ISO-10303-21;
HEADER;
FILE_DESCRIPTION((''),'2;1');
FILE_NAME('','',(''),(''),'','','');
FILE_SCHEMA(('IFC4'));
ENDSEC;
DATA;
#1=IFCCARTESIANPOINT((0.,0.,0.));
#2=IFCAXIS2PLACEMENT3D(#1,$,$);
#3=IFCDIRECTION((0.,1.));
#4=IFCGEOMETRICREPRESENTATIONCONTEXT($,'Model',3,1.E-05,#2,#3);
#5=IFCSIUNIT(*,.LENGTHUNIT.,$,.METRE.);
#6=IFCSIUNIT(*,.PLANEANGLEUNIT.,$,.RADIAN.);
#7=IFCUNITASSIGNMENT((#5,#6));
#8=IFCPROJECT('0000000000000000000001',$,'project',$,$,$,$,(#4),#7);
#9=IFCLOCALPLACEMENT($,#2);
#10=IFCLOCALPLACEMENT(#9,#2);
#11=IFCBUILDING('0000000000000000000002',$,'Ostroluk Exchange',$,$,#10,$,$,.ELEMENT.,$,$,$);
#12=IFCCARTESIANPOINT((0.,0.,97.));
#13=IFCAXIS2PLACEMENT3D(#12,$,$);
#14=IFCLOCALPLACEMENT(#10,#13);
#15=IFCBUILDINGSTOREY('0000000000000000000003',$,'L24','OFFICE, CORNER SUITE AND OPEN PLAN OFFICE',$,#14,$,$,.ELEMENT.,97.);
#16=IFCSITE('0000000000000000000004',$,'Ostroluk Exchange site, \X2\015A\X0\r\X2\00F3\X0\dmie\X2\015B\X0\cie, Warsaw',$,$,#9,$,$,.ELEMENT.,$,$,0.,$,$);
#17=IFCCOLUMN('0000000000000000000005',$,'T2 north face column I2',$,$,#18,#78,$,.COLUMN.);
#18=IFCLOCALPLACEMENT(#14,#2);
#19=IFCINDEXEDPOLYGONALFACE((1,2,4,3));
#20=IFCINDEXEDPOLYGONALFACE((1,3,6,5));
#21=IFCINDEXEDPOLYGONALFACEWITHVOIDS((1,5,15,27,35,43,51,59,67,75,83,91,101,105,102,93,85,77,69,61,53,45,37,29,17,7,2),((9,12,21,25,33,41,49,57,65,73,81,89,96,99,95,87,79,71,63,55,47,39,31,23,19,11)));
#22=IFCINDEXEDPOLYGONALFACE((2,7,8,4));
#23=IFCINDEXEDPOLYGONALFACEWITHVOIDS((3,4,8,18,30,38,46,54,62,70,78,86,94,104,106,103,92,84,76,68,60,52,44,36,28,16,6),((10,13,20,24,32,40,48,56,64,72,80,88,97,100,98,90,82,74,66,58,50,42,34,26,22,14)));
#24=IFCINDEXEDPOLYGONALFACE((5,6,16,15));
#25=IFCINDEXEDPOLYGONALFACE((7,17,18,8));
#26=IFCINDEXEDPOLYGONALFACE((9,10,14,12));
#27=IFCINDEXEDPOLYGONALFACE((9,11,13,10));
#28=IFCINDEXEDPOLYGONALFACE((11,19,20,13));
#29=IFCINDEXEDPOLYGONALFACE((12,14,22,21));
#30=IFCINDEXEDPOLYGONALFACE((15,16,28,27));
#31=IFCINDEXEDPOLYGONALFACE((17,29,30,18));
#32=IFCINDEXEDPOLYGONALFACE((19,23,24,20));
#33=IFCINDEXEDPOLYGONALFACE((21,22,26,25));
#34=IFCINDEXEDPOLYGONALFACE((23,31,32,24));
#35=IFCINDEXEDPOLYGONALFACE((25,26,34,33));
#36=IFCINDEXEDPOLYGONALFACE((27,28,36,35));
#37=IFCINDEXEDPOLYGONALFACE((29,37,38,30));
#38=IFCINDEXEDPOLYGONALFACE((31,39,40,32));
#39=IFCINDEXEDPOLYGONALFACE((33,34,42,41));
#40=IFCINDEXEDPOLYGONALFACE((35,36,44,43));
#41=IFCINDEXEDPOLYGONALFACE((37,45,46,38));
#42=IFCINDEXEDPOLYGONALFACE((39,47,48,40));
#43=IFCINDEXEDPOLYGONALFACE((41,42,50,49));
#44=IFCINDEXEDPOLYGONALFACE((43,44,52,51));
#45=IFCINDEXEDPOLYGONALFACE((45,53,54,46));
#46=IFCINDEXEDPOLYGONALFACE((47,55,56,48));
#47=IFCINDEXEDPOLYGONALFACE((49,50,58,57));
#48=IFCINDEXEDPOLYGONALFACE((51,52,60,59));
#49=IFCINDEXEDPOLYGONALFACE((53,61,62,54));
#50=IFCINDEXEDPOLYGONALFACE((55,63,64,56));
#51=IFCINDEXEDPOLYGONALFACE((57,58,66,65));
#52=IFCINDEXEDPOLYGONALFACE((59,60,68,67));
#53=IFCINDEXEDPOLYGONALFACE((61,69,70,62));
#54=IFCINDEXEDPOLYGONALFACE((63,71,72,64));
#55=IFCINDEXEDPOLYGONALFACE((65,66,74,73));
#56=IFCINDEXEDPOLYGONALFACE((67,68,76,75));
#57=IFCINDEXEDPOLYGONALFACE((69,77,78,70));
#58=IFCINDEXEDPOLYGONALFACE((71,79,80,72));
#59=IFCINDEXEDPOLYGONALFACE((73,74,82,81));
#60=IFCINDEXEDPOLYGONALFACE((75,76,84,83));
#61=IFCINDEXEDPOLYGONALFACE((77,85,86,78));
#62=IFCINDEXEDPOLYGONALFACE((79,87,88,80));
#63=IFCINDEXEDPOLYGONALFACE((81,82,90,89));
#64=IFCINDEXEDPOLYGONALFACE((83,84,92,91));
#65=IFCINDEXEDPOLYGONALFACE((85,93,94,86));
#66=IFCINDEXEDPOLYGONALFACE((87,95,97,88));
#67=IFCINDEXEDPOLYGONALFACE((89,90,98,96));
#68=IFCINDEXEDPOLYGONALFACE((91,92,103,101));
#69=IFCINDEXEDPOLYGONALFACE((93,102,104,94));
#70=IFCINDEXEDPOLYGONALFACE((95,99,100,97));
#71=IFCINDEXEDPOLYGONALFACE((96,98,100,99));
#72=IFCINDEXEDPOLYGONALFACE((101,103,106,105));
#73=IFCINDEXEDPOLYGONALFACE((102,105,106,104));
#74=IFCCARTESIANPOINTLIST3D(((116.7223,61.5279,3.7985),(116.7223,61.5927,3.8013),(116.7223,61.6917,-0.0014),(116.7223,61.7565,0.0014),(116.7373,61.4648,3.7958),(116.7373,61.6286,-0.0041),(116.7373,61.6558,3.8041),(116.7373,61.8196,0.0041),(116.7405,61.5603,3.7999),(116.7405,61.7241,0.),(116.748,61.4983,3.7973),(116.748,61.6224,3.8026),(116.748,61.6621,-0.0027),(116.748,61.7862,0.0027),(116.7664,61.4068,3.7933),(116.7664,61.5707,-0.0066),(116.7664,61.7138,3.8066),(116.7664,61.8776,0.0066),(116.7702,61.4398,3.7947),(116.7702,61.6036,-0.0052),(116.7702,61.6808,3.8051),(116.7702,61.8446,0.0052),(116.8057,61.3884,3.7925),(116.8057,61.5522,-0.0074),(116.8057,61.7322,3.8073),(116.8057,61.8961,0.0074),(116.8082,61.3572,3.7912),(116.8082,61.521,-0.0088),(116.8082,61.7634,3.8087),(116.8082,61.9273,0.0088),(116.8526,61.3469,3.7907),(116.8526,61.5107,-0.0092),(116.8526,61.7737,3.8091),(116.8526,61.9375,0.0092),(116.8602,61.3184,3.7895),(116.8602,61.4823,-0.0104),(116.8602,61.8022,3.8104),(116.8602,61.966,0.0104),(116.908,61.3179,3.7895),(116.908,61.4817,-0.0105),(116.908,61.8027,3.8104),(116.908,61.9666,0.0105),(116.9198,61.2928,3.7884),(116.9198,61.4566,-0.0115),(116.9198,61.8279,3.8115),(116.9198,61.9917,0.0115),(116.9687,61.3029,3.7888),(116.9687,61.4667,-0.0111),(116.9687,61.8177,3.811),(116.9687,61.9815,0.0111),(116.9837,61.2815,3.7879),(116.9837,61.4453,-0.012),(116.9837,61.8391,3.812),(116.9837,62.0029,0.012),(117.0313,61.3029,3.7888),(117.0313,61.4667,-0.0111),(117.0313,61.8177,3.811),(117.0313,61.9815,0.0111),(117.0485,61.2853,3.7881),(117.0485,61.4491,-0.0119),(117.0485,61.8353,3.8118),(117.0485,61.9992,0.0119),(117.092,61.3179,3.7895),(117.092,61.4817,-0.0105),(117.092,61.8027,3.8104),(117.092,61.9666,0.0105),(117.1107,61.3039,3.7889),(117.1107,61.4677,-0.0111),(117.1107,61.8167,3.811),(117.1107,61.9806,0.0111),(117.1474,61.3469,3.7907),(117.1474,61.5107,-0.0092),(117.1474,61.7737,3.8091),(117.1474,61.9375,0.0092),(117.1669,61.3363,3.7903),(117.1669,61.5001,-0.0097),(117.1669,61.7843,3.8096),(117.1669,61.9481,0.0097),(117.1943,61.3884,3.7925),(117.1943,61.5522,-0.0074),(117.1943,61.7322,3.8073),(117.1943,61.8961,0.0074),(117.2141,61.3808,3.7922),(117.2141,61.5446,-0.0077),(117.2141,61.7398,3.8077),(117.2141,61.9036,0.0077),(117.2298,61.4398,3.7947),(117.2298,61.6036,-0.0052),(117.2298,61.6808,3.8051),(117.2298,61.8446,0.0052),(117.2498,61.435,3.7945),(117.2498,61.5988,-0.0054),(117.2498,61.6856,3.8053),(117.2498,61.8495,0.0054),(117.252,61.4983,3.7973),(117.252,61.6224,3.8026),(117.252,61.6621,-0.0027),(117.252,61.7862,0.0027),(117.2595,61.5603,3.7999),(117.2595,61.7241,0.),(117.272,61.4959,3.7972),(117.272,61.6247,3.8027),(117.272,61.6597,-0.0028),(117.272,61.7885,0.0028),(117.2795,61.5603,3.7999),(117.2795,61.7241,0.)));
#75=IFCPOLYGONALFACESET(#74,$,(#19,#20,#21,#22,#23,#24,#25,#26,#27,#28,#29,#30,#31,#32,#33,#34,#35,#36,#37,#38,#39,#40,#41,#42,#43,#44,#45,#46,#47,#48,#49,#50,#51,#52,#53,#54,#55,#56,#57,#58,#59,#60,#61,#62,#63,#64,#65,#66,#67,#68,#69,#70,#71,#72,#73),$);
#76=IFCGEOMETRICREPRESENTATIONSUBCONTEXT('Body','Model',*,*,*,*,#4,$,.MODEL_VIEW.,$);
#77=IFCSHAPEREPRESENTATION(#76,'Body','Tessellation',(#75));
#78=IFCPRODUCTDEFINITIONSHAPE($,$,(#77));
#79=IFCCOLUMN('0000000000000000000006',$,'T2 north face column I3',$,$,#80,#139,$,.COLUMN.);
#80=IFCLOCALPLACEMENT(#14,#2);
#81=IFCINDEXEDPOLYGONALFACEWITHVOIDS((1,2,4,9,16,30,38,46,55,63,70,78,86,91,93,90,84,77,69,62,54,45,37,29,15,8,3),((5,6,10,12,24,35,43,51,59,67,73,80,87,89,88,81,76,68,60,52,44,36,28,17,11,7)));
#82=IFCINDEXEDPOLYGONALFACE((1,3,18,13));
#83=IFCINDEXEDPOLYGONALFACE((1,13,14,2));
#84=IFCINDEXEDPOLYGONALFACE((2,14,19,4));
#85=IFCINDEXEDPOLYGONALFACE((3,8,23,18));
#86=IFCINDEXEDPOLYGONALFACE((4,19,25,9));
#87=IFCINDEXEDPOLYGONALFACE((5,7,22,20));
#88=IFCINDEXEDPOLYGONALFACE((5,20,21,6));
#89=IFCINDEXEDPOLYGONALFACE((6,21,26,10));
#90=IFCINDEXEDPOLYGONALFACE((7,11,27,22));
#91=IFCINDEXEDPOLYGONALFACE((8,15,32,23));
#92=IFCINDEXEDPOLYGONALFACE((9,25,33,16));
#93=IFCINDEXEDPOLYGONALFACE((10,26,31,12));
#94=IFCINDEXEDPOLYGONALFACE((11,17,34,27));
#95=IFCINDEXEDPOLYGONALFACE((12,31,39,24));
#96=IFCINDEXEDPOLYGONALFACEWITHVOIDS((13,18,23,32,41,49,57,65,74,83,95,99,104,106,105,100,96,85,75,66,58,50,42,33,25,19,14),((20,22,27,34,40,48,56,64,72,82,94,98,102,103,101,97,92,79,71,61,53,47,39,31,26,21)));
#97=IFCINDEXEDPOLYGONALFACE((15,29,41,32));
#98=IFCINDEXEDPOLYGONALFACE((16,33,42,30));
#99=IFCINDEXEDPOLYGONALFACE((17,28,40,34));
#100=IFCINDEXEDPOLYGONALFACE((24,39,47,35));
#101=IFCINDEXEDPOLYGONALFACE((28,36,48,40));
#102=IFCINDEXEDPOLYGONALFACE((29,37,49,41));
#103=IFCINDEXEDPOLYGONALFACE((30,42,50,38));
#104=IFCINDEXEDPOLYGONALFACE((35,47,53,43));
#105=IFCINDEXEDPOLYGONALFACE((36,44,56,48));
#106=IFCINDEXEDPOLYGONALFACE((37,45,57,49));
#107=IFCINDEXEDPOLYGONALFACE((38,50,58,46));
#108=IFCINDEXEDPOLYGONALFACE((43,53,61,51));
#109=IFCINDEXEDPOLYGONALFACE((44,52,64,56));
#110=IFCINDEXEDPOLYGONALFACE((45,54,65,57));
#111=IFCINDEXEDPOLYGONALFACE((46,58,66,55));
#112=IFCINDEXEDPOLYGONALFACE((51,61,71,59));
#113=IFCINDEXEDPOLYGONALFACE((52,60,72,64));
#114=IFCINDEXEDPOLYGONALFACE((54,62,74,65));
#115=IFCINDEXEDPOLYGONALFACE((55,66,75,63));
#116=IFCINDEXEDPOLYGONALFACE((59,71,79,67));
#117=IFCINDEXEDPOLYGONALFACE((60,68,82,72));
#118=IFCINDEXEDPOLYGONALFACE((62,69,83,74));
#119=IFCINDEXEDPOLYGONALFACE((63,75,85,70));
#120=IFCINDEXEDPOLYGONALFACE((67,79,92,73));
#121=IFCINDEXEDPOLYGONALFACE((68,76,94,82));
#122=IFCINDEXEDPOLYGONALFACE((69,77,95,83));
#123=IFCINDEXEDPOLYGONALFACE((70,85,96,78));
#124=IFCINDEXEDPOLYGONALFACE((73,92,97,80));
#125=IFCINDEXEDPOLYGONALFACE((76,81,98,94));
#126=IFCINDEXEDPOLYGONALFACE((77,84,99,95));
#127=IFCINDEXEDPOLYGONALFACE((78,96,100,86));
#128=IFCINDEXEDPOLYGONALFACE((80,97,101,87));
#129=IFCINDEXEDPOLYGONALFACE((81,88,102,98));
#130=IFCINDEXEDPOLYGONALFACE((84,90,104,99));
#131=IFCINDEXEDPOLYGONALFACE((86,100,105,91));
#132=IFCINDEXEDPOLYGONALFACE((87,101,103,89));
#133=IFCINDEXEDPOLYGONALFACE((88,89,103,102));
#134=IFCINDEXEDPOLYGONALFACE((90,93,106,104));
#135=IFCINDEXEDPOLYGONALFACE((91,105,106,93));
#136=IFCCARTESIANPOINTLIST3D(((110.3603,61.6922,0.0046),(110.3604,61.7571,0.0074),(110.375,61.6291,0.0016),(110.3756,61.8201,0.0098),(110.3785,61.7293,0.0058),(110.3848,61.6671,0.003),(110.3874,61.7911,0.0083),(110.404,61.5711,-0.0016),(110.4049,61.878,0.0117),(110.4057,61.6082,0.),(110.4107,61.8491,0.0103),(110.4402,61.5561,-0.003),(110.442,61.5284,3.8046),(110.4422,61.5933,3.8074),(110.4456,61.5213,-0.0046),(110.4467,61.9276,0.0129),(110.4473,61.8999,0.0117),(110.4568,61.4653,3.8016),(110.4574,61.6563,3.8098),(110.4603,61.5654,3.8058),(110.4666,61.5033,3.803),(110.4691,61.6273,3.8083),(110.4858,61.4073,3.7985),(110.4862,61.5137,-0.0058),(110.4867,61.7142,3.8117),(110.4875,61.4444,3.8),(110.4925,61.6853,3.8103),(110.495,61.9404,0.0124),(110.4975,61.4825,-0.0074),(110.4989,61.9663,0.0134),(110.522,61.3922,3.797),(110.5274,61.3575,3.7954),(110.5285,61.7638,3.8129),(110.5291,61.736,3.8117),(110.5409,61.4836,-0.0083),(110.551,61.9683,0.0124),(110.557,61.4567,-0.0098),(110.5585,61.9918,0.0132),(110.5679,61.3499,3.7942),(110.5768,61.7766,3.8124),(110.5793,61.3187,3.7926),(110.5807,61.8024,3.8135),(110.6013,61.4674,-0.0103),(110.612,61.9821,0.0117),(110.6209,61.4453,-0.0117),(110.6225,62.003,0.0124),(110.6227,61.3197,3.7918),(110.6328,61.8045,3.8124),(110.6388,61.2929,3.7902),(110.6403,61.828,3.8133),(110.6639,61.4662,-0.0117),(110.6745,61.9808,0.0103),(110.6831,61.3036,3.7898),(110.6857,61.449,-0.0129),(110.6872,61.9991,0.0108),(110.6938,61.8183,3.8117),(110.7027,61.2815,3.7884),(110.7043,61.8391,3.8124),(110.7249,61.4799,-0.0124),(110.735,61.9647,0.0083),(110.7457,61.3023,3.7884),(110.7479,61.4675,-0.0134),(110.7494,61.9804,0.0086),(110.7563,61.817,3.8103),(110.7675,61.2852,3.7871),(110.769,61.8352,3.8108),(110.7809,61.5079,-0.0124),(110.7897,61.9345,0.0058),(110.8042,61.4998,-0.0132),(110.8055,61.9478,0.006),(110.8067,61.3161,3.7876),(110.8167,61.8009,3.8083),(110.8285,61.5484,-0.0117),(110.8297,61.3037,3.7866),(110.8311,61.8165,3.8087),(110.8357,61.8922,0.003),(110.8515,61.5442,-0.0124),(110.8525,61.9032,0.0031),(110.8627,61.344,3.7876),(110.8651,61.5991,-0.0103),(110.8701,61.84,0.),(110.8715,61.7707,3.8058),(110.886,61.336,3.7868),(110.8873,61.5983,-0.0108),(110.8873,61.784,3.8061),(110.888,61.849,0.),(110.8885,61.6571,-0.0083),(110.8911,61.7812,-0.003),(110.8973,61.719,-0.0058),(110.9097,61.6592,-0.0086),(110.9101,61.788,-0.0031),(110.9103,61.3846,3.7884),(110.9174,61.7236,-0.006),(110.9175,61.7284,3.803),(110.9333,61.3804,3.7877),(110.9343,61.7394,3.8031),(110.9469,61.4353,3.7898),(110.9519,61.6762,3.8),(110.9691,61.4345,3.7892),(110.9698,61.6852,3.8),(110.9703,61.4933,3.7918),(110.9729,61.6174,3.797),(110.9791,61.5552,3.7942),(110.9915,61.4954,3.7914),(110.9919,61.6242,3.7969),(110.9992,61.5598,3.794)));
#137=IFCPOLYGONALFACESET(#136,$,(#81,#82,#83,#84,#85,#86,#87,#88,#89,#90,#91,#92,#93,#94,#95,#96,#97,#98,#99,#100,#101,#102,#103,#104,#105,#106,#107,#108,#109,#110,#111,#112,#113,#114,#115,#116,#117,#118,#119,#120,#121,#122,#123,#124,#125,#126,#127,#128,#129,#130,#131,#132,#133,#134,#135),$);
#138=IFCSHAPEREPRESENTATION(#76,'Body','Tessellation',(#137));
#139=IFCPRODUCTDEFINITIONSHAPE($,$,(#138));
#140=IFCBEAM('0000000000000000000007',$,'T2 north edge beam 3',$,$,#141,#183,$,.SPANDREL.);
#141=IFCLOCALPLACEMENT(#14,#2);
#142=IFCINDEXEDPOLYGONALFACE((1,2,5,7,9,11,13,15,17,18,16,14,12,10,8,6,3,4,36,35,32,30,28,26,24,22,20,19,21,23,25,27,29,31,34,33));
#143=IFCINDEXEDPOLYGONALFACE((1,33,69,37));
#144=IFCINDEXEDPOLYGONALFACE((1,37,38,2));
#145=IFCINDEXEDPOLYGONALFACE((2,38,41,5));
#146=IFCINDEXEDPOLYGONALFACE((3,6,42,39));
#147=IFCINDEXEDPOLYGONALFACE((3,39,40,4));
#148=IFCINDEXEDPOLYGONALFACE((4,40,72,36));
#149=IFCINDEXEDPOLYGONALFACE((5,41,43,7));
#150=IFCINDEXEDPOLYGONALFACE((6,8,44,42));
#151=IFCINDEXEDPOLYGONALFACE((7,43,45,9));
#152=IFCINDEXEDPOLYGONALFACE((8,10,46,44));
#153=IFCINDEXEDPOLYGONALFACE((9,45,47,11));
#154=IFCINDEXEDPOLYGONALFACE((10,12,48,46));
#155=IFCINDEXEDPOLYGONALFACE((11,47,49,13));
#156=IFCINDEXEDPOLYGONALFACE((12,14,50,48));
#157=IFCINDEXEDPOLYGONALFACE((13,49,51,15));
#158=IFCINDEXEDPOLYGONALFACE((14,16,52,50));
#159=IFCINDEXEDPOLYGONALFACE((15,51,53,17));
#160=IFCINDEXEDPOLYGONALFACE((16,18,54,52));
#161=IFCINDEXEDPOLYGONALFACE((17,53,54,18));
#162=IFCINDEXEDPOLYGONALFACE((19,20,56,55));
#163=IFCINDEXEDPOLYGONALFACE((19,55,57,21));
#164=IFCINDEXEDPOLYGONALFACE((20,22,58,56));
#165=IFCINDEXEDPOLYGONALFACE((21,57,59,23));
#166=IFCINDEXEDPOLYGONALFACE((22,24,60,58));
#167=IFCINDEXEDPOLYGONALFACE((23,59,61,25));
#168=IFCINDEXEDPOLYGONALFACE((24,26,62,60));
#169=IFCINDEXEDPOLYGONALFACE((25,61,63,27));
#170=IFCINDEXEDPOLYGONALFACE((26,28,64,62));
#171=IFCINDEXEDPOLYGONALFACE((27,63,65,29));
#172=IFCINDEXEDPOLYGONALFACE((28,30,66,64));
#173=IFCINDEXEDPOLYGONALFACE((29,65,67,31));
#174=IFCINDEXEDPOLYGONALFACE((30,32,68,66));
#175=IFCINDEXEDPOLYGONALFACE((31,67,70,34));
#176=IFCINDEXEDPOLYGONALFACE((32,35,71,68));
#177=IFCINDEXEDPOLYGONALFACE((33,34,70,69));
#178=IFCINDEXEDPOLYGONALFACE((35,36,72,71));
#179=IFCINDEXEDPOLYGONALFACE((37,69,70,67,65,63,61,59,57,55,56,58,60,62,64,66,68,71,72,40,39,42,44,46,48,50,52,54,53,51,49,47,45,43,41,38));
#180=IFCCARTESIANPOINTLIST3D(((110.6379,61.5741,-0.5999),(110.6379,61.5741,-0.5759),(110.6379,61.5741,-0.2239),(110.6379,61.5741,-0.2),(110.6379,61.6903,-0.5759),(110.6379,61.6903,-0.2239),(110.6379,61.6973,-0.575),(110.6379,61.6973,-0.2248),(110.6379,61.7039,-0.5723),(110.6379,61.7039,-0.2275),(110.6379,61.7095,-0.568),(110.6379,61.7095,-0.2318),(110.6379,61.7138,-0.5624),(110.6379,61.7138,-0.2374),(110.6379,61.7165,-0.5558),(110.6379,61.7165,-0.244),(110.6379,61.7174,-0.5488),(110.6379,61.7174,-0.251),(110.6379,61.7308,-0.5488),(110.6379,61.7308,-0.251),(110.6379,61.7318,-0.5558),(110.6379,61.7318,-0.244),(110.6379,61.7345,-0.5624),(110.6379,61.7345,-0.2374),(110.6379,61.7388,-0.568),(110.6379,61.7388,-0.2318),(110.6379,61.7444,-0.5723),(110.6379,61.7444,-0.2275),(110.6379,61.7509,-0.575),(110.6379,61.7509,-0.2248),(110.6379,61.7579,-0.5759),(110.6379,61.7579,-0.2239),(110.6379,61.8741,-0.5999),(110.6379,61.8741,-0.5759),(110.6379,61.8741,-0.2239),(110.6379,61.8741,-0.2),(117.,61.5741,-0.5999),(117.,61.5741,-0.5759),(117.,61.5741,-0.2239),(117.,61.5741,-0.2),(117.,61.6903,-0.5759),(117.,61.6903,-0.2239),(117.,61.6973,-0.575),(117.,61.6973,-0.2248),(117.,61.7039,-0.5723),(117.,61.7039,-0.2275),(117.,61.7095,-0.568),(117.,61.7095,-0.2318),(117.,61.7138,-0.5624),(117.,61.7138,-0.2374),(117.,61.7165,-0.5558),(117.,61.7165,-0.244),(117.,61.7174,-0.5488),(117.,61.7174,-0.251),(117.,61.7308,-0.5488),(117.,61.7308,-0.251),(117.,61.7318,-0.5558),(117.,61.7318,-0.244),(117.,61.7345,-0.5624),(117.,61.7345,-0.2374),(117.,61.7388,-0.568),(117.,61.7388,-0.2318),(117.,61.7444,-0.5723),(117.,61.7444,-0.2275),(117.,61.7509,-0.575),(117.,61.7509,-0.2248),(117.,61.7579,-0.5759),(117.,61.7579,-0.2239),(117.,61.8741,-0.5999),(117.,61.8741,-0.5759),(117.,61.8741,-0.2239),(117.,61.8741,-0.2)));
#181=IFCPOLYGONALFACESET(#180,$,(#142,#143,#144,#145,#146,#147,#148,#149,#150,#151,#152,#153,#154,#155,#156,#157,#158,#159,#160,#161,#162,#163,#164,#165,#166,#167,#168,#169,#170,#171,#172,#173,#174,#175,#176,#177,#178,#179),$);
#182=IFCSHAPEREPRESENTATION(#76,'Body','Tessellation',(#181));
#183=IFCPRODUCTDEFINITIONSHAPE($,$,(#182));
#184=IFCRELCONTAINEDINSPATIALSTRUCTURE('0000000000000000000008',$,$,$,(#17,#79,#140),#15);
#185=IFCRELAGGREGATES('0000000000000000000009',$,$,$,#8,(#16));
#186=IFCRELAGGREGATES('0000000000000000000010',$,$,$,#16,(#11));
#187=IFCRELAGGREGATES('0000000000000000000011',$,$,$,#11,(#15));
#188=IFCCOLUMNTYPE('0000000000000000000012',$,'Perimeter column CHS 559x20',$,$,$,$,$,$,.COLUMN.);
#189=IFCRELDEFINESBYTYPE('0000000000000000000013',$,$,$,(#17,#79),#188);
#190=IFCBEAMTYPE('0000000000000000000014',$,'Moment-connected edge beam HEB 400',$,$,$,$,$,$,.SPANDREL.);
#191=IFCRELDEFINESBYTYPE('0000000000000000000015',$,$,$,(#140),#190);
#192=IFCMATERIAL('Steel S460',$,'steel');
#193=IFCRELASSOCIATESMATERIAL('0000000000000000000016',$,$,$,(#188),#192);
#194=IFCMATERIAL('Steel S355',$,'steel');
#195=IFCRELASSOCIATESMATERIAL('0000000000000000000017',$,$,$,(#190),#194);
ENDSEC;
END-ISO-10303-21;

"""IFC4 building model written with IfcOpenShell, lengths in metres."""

from ifc_helpers import new_model, si_unit, direction, frame, origin, origin_2d, place, context, subcontext, project, spatial, hollow_circle, i_section, extrude, material, material_profile, profile_set, type_object, element, save


model = new_model("IFC4")

# Units and contexts
model_context = context("Model", 3, precision=1e-05, world=origin(), true_north=direction((0.0, 1.0)))
body_context = subcontext(model_context, "Body", "Model", "MODEL_VIEW")
ifc_project = project(units=[si_unit("LENGTHUNIT", "METRE"), si_unit("PLANEANGLEUNIT", "RADIAN")], contexts=[model_context])

# Site, building, storey
site_placement = place(None, origin())
site = spatial("IfcSite", under=ifc_project, at=site_placement, Name="Ostroluk Exchange site, Śródmieście, Warsaw", CompositionType="ELEMENT", RefElevation=0.0)
building_placement = place(site_placement, origin())
building = spatial("IfcBuilding", under=site, at=building_placement, Name="Ostroluk Exchange", CompositionType="ELEMENT")
storey_placement = place(building_placement, frame((0.0, 0.0, 97.0)))
storey = spatial("IfcBuildingStorey", under=building, at=storey_placement, Name="L24", Description="OFFICE, CORNER SUITE AND OPEN PLAN OFFICE", CompositionType="ELEMENT", Elevation=97.0)

# Columns
ifc_material_1 = material(Name="Steel S460", Category="steel")
ifc_material_profile_1 = material_profile(ifc_material_1, hollow_circle(Radius=0.2795, WallThickness=0.02, at=origin_2d()), Name="CHS 559x20")
ifc_profile_set_1 = profile_set([ifc_material_profile_1], Name="Steel S460")
column_type = type_object("IfcColumnType", Name="Perimeter column CHS 559x20", PredefinedType="COLUMN", material=ifc_profile_set_1)
column_1_placement = place(storey_placement, frame((117.0, 61.7241, 0.0), z_axis=(0.0, -0.04307, 0.999072), x_axis=(1.0, 0.0, 0.0)))
element("IfcColumn", 1, at=column_1_placement, inside=storey, type_object=column_type, Name="T2 north face column I2", PredefinedType="COLUMN", context=body_context, shape_type="SweptSolid", body=[
    extrude(hollow_circle(Radius=0.2795, WallThickness=0.02, at=origin_2d()), origin(), (0.0, 0.0, 1.0), 3.8035),
])
column_2_placement = place(storey_placement, frame((110.6379, 61.7241, 0.0), z_axis=(0.021498, -0.04306, 0.998841), x_axis=(0.894694, 0.44668, 0.0)))
element("IfcColumn", 2, at=column_2_placement, inside=storey, type_object=column_type, Name="T2 north face column I3", PredefinedType="COLUMN", context=body_context, shape_type="SweptSolid", body=[
    extrude(hollow_circle(Radius=0.2795, WallThickness=0.02, at=origin_2d()), origin(), (0.0, 0.0, 1.0), 3.8044),
])

# Beam
ifc_material_2 = material(Name="Steel S355", Category="steel")
ifc_material_profile_2 = material_profile(ifc_material_2, i_section(OverallWidth=0.3, OverallDepth=0.3999, WebThickness=0.0134, FlangeThickness=0.0239, FilletRadius=0.0271, at=origin_2d()), Name="HEB 400")
ifc_profile_set_2 = profile_set([ifc_material_profile_2], Name="Steel S355")
beam_type = type_object("IfcBeamType", Name="Moment-connected edge beam HEB 400", PredefinedType="SPANDREL", material=ifc_profile_set_2)
for number, where, z_axis, x_axis, name in (
    (3, (117.0, 61.7241, -0.3999), (-1.0, 0.0, 0.0), (0.0, -1.0, 0.0), "T2 north edge beam 3"),
):
    element("IfcBeam", number, at=place(storey_placement, frame(where, z_axis=z_axis, x_axis=x_axis)), inside=storey, type_object=beam_type, Name=name, PredefinedType="SPANDREL", context=body_context, shape_type="SweptSolid", body=[
        extrude(i_section(OverallWidth=0.3, OverallDepth=0.3999, WebThickness=0.0134, FlangeThickness=0.0239, FilletRadius=0.0271, at=origin_2d()), origin(), (0.0, 0.0, 1.0), 6.3621),
    ])

save(model, "model.ifc")
